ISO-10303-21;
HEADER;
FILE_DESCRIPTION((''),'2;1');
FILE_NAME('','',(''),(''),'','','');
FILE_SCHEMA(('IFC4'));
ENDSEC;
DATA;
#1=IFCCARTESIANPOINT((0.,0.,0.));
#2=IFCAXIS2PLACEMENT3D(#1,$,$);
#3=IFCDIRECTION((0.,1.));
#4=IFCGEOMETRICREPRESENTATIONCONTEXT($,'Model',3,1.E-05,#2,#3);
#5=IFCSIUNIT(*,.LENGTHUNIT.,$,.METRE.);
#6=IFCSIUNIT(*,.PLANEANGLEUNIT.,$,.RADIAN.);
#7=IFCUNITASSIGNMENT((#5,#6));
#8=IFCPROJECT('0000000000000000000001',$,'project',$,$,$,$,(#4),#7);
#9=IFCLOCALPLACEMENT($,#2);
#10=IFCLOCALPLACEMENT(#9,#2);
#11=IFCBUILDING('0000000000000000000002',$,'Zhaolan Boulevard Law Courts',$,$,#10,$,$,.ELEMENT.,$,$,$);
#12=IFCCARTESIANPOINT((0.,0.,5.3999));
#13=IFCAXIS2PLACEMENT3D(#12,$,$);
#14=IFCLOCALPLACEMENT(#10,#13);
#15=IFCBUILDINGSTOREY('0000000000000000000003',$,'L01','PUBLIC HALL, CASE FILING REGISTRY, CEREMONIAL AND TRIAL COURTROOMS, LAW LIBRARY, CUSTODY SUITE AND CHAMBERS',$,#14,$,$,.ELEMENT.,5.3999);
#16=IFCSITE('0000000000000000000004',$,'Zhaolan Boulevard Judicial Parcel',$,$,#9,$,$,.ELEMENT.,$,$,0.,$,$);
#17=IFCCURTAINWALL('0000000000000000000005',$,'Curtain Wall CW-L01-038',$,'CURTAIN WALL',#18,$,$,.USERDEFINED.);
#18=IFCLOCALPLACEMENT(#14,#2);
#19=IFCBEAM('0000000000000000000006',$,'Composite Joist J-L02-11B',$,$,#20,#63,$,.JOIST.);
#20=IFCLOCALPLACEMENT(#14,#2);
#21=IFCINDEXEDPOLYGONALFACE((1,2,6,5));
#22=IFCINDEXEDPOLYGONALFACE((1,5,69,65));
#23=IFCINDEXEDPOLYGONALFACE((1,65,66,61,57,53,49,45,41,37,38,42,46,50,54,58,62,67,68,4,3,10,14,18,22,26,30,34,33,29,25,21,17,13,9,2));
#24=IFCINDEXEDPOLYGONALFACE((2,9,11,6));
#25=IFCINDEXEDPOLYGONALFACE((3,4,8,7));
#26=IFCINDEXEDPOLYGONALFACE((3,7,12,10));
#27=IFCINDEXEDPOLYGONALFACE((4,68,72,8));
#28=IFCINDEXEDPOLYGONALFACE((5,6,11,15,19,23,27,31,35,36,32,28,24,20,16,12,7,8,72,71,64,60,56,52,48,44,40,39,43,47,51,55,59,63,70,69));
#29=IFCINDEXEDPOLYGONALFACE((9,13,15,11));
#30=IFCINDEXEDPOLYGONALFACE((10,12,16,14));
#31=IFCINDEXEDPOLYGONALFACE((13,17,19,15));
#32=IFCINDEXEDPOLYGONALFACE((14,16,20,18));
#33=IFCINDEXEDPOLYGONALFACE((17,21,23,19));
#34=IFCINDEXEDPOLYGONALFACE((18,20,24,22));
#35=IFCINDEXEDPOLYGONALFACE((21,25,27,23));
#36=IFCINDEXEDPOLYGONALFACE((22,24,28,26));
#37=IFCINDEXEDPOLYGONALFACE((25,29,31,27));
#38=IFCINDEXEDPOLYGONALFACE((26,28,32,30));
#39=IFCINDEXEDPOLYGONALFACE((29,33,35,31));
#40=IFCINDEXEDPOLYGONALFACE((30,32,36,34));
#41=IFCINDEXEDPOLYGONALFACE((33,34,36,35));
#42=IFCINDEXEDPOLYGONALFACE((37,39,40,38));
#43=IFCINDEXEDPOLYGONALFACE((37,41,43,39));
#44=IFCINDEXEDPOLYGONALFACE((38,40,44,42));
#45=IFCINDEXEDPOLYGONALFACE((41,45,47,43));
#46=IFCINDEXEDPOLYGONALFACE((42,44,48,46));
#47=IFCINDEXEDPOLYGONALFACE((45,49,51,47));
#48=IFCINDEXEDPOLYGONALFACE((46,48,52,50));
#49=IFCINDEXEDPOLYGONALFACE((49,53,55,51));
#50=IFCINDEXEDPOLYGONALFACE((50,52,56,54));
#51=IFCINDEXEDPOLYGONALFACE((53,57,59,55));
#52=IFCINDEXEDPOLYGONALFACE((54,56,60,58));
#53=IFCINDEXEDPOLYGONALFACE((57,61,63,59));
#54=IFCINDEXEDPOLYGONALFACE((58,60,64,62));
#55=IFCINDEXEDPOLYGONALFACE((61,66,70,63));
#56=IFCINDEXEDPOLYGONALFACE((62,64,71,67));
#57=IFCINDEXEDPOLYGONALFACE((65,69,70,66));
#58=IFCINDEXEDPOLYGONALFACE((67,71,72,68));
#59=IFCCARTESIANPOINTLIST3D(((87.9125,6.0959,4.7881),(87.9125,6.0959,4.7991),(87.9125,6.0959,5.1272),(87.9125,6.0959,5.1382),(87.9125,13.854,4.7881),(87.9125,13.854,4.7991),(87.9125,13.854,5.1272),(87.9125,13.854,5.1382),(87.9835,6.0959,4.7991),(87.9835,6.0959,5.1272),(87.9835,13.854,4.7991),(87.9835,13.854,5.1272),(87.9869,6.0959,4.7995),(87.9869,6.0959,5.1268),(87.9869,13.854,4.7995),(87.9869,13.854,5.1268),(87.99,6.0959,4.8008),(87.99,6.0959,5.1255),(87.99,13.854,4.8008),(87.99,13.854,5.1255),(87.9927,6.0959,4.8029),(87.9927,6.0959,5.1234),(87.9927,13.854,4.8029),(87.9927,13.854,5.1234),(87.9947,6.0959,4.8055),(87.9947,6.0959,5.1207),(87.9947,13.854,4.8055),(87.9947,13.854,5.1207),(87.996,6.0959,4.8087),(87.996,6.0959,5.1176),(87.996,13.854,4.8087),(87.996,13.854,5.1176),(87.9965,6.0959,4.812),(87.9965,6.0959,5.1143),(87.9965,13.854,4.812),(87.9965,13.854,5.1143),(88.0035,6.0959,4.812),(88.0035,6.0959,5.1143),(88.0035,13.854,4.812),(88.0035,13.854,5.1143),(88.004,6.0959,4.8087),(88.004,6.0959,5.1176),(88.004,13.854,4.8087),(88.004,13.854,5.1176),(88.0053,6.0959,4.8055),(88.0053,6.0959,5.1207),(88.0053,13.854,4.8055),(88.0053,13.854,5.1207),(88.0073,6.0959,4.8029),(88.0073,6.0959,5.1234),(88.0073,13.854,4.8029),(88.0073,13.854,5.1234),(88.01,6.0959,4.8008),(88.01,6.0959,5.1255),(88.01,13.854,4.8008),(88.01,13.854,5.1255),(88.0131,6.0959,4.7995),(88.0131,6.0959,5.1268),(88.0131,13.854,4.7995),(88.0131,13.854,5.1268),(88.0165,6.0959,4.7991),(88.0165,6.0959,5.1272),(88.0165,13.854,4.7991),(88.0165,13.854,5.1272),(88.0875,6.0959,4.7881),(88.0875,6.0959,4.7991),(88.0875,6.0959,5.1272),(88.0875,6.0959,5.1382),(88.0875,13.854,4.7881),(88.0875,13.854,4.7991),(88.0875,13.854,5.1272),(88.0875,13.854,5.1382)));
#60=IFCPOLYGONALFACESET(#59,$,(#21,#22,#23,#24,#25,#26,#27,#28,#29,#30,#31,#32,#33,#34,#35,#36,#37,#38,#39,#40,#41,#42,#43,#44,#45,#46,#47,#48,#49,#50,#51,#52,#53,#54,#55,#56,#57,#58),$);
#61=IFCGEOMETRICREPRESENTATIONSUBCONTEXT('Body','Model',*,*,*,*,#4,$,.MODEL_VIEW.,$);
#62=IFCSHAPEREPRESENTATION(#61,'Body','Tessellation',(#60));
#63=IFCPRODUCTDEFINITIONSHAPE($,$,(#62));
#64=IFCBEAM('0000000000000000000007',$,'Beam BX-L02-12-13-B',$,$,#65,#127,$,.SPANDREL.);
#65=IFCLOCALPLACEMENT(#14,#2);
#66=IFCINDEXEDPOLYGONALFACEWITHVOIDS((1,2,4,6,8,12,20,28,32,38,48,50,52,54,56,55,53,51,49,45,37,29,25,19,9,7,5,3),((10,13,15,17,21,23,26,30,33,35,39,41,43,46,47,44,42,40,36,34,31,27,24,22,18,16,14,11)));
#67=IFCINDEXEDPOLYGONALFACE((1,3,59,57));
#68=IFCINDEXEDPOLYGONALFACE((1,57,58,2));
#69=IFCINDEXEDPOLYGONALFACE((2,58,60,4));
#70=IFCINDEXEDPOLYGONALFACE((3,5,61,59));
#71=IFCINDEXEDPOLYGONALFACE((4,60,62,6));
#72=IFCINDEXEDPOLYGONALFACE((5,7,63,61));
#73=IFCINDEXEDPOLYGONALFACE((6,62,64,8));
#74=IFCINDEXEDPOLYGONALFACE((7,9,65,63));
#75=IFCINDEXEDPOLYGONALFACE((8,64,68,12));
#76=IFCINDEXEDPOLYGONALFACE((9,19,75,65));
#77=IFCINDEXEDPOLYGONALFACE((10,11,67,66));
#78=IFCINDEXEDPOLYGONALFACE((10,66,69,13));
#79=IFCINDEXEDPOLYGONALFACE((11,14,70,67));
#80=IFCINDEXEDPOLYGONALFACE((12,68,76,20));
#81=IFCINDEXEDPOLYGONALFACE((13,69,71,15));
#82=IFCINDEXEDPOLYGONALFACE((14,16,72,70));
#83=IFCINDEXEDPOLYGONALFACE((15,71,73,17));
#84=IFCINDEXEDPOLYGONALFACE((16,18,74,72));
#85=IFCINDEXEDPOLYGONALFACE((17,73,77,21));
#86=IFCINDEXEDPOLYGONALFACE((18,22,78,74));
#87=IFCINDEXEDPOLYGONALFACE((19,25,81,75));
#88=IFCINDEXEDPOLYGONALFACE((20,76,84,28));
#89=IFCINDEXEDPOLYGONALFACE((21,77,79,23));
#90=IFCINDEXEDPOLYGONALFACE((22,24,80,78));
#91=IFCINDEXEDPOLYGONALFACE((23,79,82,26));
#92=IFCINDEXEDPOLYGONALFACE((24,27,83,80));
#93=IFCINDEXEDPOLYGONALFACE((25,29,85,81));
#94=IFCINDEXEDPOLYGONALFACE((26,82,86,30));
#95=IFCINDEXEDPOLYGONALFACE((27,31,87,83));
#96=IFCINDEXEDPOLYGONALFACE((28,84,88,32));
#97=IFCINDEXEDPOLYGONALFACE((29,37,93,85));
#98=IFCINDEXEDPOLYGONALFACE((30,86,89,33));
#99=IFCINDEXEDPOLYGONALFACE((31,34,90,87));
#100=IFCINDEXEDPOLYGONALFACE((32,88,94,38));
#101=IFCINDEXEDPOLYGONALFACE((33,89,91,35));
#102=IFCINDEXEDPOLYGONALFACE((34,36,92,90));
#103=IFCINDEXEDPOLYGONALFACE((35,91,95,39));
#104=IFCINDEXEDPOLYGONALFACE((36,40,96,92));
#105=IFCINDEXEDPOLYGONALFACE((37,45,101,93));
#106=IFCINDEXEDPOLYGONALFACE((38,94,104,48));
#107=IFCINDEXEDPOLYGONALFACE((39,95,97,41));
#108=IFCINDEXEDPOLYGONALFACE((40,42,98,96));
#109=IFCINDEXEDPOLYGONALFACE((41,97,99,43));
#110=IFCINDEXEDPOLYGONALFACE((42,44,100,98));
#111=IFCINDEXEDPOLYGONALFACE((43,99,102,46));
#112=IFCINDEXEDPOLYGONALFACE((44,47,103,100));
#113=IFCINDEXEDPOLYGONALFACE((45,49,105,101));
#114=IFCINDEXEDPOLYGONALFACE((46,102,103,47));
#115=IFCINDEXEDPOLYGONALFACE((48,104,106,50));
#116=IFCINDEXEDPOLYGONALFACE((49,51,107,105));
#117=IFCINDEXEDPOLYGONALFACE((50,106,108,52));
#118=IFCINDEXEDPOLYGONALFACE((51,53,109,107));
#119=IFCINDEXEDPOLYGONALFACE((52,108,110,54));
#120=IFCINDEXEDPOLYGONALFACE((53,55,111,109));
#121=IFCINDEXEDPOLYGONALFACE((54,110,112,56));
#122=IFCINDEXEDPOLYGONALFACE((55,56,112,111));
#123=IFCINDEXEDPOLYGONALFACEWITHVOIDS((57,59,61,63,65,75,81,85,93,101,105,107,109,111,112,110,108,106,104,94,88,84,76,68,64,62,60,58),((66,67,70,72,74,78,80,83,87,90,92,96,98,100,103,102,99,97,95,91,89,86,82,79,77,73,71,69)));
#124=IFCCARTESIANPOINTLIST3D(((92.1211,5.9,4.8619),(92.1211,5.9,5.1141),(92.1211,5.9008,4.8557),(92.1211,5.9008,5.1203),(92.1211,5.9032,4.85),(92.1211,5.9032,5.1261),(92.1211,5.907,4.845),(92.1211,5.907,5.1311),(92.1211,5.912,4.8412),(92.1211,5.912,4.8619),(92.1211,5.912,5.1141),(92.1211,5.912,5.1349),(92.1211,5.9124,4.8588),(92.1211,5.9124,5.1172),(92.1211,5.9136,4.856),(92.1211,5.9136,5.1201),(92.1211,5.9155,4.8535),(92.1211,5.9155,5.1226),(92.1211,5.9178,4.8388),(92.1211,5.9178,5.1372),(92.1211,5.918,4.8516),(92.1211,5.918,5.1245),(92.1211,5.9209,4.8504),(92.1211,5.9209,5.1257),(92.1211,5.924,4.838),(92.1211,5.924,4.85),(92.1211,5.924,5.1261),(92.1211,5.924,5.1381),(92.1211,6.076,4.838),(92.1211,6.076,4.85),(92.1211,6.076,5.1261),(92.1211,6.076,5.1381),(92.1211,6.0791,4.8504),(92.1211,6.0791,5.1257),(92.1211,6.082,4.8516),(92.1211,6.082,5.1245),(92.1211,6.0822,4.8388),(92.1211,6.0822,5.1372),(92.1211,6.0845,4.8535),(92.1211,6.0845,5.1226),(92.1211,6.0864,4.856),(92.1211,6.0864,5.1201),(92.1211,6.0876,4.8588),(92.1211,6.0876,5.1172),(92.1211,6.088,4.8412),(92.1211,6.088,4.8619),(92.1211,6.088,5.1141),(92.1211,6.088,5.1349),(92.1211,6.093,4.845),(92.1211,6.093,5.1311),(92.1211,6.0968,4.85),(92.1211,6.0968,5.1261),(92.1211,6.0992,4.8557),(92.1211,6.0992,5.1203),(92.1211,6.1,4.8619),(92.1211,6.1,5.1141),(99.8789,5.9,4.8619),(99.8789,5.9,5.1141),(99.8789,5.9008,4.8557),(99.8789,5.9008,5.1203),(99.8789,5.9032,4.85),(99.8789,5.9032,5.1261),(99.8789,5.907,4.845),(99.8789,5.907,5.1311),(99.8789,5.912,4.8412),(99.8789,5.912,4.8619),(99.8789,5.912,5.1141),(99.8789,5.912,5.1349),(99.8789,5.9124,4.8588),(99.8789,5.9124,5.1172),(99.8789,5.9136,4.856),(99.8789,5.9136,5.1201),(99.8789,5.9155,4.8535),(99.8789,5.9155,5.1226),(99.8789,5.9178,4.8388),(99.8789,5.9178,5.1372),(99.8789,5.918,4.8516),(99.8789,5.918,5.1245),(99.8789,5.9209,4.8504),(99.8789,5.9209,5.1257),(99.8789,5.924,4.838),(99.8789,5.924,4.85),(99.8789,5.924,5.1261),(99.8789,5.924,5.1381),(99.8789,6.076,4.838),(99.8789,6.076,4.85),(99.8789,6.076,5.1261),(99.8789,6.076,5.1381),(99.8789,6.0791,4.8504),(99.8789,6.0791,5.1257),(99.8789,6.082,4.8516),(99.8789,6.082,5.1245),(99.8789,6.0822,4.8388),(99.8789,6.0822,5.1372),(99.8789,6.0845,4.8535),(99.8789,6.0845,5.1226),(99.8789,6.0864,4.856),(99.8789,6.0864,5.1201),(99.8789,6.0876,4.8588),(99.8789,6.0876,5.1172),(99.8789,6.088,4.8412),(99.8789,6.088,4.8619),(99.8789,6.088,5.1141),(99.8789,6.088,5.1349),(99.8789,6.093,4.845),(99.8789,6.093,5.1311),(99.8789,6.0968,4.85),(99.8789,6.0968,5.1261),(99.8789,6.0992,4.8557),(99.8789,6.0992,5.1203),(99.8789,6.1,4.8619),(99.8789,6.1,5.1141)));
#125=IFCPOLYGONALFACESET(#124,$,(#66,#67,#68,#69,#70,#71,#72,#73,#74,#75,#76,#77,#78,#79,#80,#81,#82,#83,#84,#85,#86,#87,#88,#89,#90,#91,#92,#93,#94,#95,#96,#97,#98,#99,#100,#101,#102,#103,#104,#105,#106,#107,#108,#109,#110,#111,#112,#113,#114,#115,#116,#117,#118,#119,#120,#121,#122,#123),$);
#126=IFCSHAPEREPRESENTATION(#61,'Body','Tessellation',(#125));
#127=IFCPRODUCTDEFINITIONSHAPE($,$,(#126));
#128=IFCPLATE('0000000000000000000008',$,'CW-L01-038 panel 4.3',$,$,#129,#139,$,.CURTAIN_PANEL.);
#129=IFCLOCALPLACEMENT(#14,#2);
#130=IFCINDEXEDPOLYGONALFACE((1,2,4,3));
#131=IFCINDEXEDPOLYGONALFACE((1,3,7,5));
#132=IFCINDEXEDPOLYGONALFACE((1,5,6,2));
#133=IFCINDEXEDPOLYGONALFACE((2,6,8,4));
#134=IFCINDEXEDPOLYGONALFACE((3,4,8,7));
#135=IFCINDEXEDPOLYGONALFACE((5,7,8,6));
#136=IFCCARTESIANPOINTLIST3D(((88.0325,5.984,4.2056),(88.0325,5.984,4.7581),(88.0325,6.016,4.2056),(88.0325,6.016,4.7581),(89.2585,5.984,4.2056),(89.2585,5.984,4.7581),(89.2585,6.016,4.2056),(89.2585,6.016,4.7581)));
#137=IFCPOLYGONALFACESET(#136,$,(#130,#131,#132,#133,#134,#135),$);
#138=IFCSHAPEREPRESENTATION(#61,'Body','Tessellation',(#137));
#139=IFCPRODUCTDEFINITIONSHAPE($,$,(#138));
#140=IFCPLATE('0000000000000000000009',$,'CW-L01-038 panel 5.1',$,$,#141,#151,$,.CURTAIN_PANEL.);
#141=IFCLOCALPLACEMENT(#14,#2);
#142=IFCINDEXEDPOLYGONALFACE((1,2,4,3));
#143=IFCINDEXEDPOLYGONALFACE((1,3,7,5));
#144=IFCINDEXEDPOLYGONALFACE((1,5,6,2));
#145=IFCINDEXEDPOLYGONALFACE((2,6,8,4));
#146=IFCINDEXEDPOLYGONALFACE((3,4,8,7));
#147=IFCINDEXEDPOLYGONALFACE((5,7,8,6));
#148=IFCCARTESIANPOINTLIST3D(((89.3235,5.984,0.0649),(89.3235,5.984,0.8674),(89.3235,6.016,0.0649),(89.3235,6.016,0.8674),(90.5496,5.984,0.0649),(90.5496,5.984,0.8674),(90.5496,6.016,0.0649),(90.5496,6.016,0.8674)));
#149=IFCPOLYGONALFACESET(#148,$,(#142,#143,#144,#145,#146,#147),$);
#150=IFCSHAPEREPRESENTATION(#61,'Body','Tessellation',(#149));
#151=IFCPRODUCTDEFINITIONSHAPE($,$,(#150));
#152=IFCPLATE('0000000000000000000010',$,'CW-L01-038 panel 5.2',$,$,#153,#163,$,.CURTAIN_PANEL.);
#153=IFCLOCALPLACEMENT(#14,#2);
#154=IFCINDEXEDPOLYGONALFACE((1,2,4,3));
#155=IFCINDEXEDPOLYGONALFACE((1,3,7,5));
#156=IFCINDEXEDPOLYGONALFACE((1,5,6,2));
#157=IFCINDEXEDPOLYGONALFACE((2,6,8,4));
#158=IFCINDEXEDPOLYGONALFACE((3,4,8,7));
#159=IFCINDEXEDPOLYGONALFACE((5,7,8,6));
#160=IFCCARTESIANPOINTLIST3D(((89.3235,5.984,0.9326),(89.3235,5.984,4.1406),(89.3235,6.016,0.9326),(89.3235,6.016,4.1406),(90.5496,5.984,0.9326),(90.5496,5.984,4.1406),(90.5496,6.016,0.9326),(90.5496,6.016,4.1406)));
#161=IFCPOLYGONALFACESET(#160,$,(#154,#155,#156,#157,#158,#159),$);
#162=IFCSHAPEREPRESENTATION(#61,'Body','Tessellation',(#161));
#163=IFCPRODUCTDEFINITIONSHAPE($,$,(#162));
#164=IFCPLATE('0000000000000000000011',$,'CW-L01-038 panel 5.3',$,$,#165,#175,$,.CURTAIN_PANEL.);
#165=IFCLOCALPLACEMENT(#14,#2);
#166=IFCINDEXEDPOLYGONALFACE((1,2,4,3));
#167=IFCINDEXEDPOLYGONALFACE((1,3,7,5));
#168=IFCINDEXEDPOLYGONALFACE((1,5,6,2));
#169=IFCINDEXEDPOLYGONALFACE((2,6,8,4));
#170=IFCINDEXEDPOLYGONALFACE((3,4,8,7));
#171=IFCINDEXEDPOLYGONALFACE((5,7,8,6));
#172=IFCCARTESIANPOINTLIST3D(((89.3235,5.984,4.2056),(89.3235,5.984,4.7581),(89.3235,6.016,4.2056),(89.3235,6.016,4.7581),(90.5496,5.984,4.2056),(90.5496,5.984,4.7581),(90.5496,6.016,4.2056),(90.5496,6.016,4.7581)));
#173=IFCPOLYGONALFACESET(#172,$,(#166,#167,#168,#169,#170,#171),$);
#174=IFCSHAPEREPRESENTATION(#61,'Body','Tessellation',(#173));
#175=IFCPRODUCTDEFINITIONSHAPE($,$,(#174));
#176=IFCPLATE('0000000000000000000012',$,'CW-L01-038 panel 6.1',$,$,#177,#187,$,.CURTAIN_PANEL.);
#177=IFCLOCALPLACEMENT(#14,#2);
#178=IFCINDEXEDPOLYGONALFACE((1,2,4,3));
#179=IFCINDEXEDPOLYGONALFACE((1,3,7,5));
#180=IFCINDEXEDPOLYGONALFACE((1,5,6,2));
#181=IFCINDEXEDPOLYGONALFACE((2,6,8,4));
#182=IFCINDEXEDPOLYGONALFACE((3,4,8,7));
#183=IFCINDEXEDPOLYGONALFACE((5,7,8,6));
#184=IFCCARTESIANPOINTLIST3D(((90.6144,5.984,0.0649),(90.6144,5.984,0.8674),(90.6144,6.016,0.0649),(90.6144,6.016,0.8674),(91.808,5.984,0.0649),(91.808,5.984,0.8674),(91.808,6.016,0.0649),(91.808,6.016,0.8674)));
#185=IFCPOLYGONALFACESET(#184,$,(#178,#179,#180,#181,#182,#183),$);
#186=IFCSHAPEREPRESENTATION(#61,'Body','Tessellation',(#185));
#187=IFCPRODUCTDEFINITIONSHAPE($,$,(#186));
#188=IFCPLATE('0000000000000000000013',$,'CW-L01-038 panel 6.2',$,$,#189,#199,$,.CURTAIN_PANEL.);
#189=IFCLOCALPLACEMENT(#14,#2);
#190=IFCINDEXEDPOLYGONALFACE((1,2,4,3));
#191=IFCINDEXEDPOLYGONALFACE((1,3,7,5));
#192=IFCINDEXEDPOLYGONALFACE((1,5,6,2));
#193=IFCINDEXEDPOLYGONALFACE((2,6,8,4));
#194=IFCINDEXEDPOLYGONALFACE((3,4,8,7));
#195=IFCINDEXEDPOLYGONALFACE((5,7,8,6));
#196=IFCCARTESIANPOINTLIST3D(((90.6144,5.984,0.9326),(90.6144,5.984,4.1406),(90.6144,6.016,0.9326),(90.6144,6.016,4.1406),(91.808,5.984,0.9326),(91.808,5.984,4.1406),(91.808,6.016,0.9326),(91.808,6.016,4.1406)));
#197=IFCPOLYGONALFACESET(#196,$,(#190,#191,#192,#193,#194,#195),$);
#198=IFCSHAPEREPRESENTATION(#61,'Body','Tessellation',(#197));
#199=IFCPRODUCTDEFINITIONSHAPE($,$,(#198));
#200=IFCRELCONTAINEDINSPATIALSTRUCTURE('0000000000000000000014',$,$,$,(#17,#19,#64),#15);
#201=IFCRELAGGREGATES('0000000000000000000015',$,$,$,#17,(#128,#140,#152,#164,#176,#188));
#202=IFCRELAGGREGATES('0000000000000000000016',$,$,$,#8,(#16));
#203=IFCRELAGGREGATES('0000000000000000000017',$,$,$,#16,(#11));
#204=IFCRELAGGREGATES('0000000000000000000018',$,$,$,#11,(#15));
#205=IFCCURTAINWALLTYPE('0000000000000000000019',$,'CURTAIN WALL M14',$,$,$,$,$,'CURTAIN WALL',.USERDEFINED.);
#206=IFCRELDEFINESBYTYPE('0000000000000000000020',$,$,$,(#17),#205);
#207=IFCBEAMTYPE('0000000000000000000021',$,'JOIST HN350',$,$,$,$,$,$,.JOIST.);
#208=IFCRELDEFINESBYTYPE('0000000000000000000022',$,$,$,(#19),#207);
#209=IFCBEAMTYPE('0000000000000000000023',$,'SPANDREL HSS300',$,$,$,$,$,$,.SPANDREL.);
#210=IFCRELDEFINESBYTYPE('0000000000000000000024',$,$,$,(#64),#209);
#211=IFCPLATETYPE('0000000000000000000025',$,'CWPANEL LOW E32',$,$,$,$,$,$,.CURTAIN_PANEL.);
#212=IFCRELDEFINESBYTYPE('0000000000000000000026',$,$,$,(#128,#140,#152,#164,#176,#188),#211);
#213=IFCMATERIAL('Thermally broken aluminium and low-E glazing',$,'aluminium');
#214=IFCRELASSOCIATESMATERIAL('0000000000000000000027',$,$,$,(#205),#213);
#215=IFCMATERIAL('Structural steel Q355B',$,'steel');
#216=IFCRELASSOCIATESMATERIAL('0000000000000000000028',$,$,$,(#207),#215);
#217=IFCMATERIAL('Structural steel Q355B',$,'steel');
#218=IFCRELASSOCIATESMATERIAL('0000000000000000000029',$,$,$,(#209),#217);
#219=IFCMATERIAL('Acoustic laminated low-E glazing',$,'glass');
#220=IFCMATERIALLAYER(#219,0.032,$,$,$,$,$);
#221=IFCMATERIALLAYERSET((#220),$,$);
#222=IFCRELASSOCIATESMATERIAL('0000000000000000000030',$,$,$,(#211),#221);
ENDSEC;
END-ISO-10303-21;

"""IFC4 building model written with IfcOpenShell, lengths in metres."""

from ifc_helpers import new_model, si_unit, direction, frame, origin, origin_2d, place, context, subcontext, project, spatial, rectangle, hollow_rectangle, i_section, extrude, material, layer, layer_set, material_profile, profile_set, type_object, element, aggregate, save


model = new_model("IFC4")

# Units and contexts
model_context = context("Model", 3, precision=1e-05, world=origin(), true_north=direction((0.0, 1.0)))
body_context = subcontext(model_context, "Body", "Model", "MODEL_VIEW")
ifc_project = project(units=[si_unit("LENGTHUNIT", "METRE"), si_unit("PLANEANGLEUNIT", "RADIAN")], contexts=[model_context])

# Site, building, storey
site_placement = place(None, origin())
site = spatial("IfcSite", under=ifc_project, at=site_placement, Name="Zhaolan Boulevard Judicial Parcel", CompositionType="ELEMENT", RefElevation=0.0)
building_placement = place(site_placement, origin())
building = spatial("IfcBuilding", under=site, at=building_placement, Name="Zhaolan Boulevard Law Courts", CompositionType="ELEMENT")
storey_placement = place(building_placement, frame((0.0, 0.0, 5.3999)))
storey = spatial("IfcBuildingStorey", under=building, at=storey_placement, Name="L01", Description="PUBLIC HALL, CASE FILING REGISTRY, CEREMONIAL AND TRIAL COURTROOMS, LAW LIBRARY, CUSTODY SUITE AND CHAMBERS", CompositionType="ELEMENT", Elevation=5.3999)

# Curtain wall
ifc_material_1 = material(Name="Thermally broken aluminium and low-E glazing", Category="aluminium")
curtain_wall_type_1 = type_object("IfcCurtainWallType", Name="CURTAIN WALL M14", ElementType="CURTAIN WALL", PredefinedType="USERDEFINED", material=ifc_material_1)
curtain_wall_1_placement = place(storey_placement, origin())
curtain_wall_1 = element("IfcCurtainWall", 1, at=curtain_wall_1_placement, inside=storey, type_object=curtain_wall_type_1, Name="Curtain Wall CW-L01-038", ObjectType="CURTAIN WALL", PredefinedType="USERDEFINED")

# Beams
ifc_material_2 = material(Name="Structural steel Q355B", Category="steel")
ifc_material_profile_1 = material_profile(ifc_material_2, i_section(OverallWidth=0.175, OverallDepth=0.3501, WebThickness=0.0071, FlangeThickness=0.011, FilletRadius=0.0129, at=origin_2d()), Name="HN350x175")
ifc_profile_set_1 = profile_set([ifc_material_profile_1], Name="Structural steel Q355B")
beam_type_1 = type_object("IfcBeamType", Name="JOIST HN350", PredefinedType="JOIST", material=ifc_profile_set_1)
beam_1_placement = place(storey_placement, frame((88.0, 6.0959, 4.9631), z_axis=(0.0, 1.0, 0.0), x_axis=(-1.0, 0.0, 0.0)))
element("IfcBeam", 2, at=beam_1_placement, inside=storey, type_object=beam_type_1, Name="Composite Joist J-L02-11B", PredefinedType="JOIST", context=body_context, shape_type="SweptSolid", body=[
    extrude(i_section(OverallWidth=0.175, OverallDepth=0.3501, WebThickness=0.0071, FlangeThickness=0.011, FilletRadius=0.0129, at=origin_2d()), origin(), (0.0, 0.0, 1.0), 7.7581),
])
ifc_material_3 = material(Name="Structural steel Q355B", Category="steel")
ifc_material_profile_2 = material_profile(ifc_material_3, hollow_rectangle(XDim=0.2, YDim=0.3, WallThickness=0.012, InnerFilletRadius=0.012, OuterFilletRadius=0.0239, at=origin_2d()), Name="HSS300x200x12")
ifc_profile_set_2 = profile_set([ifc_material_profile_2], Name="Structural steel Q355B")
beam_type_2 = type_object("IfcBeamType", Name="SPANDREL HSS300", PredefinedType="SPANDREL", material=ifc_profile_set_2)
beam_2_placement = place(storey_placement, frame((92.1211, 6.0, 4.988), z_axis=(1.0, 0.0, 0.0), x_axis=(0.0, 1.0, 0.0)))
element("IfcBeam", 3, at=beam_2_placement, inside=storey, type_object=beam_type_2, Name="Beam BX-L02-12-13-B", PredefinedType="SPANDREL", context=body_context, shape_type="SweptSolid", body=[
    extrude(hollow_rectangle(XDim=0.2, YDim=0.3, WallThickness=0.012, InnerFilletRadius=0.012, OuterFilletRadius=0.0239, at=origin_2d()), origin(), (0.0, 0.0, 1.0), 7.7578),
])

# Plates
ifc_material_4 = material(Name="Acoustic laminated low-E glazing", Category="glass")
ifc_layer_1 = layer(ifc_material_4, 0.032)
ifc_layer_set_1 = layer_set([ifc_layer_1])
plate_type_1 = type_object("IfcPlateType", Name="CWPANEL LOW E32", PredefinedType="CURTAIN_PANEL", material=ifc_layer_set_1)
plate_1_placement = place(storey_placement, frame((88.6455, 6.0, 4.2056), z_axis=(0.0, 0.0, 1.0), x_axis=(1.0, 0.0, 0.0)))
plate_1 = element("IfcPlate", 4, at=plate_1_placement, type_object=plate_type_1, Name="CW-L01-038 panel 4.3", PredefinedType="CURTAIN_PANEL", context=body_context, shape_type="SweptSolid", body=[
    extrude(rectangle(XDim=1.2261, YDim=0.032, at=origin_2d()), origin(), (0.0, 0.0, 1.0), 0.5525),
])
plate_2_placement = place(storey_placement, frame((89.9365, 6.0, 0.0649), z_axis=(0.0, 0.0, 1.0), x_axis=(1.0, 0.0, 0.0)))
plate_2 = element("IfcPlate", 5, at=plate_2_placement, type_object=plate_type_1, Name="CW-L01-038 panel 5.1", PredefinedType="CURTAIN_PANEL", context=body_context, shape_type="SweptSolid", body=[
    extrude(rectangle(XDim=1.2261, YDim=0.032, at=origin_2d()), origin(), (0.0, 0.0, 1.0), 0.8025),
])
plate_3_placement = place(storey_placement, frame((89.9365, 6.0, 0.9326), z_axis=(0.0, 0.0, 1.0), x_axis=(1.0, 0.0, 0.0)))
plate_3 = element("IfcPlate", 6, at=plate_3_placement, type_object=plate_type_1, Name="CW-L01-038 panel 5.2", PredefinedType="CURTAIN_PANEL", context=body_context, shape_type="SweptSolid", body=[
    extrude(rectangle(XDim=1.2261, YDim=0.032, at=origin_2d()), origin(), (0.0, 0.0, 1.0), 3.208),
])
plate_4_placement = place(storey_placement, frame((89.9365, 6.0, 4.2056), z_axis=(0.0, 0.0, 1.0), x_axis=(1.0, 0.0, 0.0)))
plate_4 = element("IfcPlate", 7, at=plate_4_placement, type_object=plate_type_1, Name="CW-L01-038 panel 5.3", PredefinedType="CURTAIN_PANEL", context=body_context, shape_type="SweptSolid", body=[
    extrude(rectangle(XDim=1.2261, YDim=0.032, at=origin_2d()), origin(), (0.0, 0.0, 1.0), 0.5525),
])
plate_5_placement = place(storey_placement, frame((91.2112, 6.0, 0.0649), z_axis=(0.0, 0.0, 1.0), x_axis=(1.0, 0.0, 0.0)))
plate_5 = element("IfcPlate", 8, at=plate_5_placement, type_object=plate_type_1, Name="CW-L01-038 panel 6.1", PredefinedType="CURTAIN_PANEL", context=body_context, shape_type="SweptSolid", body=[
    extrude(rectangle(XDim=1.1936, YDim=0.032, at=origin_2d()), origin(), (0.0, 0.0, 1.0), 0.8025),
])
plate_6_placement = place(storey_placement, frame((91.2112, 6.0, 0.9326), z_axis=(0.0, 0.0, 1.0), x_axis=(1.0, 0.0, 0.0)))
plate_6 = element("IfcPlate", 9, at=plate_6_placement, type_object=plate_type_1, Name="CW-L01-038 panel 6.2", PredefinedType="CURTAIN_PANEL", context=body_context, shape_type="SweptSolid", body=[
    extrude(rectangle(XDim=1.1936, YDim=0.032, at=origin_2d()), origin(), (0.0, 0.0, 1.0), 3.208),
])
aggregate(curtain_wall_1, [plate_1, plate_2, plate_3, plate_4, plate_5, plate_6])

save(model, "model.ifc")
